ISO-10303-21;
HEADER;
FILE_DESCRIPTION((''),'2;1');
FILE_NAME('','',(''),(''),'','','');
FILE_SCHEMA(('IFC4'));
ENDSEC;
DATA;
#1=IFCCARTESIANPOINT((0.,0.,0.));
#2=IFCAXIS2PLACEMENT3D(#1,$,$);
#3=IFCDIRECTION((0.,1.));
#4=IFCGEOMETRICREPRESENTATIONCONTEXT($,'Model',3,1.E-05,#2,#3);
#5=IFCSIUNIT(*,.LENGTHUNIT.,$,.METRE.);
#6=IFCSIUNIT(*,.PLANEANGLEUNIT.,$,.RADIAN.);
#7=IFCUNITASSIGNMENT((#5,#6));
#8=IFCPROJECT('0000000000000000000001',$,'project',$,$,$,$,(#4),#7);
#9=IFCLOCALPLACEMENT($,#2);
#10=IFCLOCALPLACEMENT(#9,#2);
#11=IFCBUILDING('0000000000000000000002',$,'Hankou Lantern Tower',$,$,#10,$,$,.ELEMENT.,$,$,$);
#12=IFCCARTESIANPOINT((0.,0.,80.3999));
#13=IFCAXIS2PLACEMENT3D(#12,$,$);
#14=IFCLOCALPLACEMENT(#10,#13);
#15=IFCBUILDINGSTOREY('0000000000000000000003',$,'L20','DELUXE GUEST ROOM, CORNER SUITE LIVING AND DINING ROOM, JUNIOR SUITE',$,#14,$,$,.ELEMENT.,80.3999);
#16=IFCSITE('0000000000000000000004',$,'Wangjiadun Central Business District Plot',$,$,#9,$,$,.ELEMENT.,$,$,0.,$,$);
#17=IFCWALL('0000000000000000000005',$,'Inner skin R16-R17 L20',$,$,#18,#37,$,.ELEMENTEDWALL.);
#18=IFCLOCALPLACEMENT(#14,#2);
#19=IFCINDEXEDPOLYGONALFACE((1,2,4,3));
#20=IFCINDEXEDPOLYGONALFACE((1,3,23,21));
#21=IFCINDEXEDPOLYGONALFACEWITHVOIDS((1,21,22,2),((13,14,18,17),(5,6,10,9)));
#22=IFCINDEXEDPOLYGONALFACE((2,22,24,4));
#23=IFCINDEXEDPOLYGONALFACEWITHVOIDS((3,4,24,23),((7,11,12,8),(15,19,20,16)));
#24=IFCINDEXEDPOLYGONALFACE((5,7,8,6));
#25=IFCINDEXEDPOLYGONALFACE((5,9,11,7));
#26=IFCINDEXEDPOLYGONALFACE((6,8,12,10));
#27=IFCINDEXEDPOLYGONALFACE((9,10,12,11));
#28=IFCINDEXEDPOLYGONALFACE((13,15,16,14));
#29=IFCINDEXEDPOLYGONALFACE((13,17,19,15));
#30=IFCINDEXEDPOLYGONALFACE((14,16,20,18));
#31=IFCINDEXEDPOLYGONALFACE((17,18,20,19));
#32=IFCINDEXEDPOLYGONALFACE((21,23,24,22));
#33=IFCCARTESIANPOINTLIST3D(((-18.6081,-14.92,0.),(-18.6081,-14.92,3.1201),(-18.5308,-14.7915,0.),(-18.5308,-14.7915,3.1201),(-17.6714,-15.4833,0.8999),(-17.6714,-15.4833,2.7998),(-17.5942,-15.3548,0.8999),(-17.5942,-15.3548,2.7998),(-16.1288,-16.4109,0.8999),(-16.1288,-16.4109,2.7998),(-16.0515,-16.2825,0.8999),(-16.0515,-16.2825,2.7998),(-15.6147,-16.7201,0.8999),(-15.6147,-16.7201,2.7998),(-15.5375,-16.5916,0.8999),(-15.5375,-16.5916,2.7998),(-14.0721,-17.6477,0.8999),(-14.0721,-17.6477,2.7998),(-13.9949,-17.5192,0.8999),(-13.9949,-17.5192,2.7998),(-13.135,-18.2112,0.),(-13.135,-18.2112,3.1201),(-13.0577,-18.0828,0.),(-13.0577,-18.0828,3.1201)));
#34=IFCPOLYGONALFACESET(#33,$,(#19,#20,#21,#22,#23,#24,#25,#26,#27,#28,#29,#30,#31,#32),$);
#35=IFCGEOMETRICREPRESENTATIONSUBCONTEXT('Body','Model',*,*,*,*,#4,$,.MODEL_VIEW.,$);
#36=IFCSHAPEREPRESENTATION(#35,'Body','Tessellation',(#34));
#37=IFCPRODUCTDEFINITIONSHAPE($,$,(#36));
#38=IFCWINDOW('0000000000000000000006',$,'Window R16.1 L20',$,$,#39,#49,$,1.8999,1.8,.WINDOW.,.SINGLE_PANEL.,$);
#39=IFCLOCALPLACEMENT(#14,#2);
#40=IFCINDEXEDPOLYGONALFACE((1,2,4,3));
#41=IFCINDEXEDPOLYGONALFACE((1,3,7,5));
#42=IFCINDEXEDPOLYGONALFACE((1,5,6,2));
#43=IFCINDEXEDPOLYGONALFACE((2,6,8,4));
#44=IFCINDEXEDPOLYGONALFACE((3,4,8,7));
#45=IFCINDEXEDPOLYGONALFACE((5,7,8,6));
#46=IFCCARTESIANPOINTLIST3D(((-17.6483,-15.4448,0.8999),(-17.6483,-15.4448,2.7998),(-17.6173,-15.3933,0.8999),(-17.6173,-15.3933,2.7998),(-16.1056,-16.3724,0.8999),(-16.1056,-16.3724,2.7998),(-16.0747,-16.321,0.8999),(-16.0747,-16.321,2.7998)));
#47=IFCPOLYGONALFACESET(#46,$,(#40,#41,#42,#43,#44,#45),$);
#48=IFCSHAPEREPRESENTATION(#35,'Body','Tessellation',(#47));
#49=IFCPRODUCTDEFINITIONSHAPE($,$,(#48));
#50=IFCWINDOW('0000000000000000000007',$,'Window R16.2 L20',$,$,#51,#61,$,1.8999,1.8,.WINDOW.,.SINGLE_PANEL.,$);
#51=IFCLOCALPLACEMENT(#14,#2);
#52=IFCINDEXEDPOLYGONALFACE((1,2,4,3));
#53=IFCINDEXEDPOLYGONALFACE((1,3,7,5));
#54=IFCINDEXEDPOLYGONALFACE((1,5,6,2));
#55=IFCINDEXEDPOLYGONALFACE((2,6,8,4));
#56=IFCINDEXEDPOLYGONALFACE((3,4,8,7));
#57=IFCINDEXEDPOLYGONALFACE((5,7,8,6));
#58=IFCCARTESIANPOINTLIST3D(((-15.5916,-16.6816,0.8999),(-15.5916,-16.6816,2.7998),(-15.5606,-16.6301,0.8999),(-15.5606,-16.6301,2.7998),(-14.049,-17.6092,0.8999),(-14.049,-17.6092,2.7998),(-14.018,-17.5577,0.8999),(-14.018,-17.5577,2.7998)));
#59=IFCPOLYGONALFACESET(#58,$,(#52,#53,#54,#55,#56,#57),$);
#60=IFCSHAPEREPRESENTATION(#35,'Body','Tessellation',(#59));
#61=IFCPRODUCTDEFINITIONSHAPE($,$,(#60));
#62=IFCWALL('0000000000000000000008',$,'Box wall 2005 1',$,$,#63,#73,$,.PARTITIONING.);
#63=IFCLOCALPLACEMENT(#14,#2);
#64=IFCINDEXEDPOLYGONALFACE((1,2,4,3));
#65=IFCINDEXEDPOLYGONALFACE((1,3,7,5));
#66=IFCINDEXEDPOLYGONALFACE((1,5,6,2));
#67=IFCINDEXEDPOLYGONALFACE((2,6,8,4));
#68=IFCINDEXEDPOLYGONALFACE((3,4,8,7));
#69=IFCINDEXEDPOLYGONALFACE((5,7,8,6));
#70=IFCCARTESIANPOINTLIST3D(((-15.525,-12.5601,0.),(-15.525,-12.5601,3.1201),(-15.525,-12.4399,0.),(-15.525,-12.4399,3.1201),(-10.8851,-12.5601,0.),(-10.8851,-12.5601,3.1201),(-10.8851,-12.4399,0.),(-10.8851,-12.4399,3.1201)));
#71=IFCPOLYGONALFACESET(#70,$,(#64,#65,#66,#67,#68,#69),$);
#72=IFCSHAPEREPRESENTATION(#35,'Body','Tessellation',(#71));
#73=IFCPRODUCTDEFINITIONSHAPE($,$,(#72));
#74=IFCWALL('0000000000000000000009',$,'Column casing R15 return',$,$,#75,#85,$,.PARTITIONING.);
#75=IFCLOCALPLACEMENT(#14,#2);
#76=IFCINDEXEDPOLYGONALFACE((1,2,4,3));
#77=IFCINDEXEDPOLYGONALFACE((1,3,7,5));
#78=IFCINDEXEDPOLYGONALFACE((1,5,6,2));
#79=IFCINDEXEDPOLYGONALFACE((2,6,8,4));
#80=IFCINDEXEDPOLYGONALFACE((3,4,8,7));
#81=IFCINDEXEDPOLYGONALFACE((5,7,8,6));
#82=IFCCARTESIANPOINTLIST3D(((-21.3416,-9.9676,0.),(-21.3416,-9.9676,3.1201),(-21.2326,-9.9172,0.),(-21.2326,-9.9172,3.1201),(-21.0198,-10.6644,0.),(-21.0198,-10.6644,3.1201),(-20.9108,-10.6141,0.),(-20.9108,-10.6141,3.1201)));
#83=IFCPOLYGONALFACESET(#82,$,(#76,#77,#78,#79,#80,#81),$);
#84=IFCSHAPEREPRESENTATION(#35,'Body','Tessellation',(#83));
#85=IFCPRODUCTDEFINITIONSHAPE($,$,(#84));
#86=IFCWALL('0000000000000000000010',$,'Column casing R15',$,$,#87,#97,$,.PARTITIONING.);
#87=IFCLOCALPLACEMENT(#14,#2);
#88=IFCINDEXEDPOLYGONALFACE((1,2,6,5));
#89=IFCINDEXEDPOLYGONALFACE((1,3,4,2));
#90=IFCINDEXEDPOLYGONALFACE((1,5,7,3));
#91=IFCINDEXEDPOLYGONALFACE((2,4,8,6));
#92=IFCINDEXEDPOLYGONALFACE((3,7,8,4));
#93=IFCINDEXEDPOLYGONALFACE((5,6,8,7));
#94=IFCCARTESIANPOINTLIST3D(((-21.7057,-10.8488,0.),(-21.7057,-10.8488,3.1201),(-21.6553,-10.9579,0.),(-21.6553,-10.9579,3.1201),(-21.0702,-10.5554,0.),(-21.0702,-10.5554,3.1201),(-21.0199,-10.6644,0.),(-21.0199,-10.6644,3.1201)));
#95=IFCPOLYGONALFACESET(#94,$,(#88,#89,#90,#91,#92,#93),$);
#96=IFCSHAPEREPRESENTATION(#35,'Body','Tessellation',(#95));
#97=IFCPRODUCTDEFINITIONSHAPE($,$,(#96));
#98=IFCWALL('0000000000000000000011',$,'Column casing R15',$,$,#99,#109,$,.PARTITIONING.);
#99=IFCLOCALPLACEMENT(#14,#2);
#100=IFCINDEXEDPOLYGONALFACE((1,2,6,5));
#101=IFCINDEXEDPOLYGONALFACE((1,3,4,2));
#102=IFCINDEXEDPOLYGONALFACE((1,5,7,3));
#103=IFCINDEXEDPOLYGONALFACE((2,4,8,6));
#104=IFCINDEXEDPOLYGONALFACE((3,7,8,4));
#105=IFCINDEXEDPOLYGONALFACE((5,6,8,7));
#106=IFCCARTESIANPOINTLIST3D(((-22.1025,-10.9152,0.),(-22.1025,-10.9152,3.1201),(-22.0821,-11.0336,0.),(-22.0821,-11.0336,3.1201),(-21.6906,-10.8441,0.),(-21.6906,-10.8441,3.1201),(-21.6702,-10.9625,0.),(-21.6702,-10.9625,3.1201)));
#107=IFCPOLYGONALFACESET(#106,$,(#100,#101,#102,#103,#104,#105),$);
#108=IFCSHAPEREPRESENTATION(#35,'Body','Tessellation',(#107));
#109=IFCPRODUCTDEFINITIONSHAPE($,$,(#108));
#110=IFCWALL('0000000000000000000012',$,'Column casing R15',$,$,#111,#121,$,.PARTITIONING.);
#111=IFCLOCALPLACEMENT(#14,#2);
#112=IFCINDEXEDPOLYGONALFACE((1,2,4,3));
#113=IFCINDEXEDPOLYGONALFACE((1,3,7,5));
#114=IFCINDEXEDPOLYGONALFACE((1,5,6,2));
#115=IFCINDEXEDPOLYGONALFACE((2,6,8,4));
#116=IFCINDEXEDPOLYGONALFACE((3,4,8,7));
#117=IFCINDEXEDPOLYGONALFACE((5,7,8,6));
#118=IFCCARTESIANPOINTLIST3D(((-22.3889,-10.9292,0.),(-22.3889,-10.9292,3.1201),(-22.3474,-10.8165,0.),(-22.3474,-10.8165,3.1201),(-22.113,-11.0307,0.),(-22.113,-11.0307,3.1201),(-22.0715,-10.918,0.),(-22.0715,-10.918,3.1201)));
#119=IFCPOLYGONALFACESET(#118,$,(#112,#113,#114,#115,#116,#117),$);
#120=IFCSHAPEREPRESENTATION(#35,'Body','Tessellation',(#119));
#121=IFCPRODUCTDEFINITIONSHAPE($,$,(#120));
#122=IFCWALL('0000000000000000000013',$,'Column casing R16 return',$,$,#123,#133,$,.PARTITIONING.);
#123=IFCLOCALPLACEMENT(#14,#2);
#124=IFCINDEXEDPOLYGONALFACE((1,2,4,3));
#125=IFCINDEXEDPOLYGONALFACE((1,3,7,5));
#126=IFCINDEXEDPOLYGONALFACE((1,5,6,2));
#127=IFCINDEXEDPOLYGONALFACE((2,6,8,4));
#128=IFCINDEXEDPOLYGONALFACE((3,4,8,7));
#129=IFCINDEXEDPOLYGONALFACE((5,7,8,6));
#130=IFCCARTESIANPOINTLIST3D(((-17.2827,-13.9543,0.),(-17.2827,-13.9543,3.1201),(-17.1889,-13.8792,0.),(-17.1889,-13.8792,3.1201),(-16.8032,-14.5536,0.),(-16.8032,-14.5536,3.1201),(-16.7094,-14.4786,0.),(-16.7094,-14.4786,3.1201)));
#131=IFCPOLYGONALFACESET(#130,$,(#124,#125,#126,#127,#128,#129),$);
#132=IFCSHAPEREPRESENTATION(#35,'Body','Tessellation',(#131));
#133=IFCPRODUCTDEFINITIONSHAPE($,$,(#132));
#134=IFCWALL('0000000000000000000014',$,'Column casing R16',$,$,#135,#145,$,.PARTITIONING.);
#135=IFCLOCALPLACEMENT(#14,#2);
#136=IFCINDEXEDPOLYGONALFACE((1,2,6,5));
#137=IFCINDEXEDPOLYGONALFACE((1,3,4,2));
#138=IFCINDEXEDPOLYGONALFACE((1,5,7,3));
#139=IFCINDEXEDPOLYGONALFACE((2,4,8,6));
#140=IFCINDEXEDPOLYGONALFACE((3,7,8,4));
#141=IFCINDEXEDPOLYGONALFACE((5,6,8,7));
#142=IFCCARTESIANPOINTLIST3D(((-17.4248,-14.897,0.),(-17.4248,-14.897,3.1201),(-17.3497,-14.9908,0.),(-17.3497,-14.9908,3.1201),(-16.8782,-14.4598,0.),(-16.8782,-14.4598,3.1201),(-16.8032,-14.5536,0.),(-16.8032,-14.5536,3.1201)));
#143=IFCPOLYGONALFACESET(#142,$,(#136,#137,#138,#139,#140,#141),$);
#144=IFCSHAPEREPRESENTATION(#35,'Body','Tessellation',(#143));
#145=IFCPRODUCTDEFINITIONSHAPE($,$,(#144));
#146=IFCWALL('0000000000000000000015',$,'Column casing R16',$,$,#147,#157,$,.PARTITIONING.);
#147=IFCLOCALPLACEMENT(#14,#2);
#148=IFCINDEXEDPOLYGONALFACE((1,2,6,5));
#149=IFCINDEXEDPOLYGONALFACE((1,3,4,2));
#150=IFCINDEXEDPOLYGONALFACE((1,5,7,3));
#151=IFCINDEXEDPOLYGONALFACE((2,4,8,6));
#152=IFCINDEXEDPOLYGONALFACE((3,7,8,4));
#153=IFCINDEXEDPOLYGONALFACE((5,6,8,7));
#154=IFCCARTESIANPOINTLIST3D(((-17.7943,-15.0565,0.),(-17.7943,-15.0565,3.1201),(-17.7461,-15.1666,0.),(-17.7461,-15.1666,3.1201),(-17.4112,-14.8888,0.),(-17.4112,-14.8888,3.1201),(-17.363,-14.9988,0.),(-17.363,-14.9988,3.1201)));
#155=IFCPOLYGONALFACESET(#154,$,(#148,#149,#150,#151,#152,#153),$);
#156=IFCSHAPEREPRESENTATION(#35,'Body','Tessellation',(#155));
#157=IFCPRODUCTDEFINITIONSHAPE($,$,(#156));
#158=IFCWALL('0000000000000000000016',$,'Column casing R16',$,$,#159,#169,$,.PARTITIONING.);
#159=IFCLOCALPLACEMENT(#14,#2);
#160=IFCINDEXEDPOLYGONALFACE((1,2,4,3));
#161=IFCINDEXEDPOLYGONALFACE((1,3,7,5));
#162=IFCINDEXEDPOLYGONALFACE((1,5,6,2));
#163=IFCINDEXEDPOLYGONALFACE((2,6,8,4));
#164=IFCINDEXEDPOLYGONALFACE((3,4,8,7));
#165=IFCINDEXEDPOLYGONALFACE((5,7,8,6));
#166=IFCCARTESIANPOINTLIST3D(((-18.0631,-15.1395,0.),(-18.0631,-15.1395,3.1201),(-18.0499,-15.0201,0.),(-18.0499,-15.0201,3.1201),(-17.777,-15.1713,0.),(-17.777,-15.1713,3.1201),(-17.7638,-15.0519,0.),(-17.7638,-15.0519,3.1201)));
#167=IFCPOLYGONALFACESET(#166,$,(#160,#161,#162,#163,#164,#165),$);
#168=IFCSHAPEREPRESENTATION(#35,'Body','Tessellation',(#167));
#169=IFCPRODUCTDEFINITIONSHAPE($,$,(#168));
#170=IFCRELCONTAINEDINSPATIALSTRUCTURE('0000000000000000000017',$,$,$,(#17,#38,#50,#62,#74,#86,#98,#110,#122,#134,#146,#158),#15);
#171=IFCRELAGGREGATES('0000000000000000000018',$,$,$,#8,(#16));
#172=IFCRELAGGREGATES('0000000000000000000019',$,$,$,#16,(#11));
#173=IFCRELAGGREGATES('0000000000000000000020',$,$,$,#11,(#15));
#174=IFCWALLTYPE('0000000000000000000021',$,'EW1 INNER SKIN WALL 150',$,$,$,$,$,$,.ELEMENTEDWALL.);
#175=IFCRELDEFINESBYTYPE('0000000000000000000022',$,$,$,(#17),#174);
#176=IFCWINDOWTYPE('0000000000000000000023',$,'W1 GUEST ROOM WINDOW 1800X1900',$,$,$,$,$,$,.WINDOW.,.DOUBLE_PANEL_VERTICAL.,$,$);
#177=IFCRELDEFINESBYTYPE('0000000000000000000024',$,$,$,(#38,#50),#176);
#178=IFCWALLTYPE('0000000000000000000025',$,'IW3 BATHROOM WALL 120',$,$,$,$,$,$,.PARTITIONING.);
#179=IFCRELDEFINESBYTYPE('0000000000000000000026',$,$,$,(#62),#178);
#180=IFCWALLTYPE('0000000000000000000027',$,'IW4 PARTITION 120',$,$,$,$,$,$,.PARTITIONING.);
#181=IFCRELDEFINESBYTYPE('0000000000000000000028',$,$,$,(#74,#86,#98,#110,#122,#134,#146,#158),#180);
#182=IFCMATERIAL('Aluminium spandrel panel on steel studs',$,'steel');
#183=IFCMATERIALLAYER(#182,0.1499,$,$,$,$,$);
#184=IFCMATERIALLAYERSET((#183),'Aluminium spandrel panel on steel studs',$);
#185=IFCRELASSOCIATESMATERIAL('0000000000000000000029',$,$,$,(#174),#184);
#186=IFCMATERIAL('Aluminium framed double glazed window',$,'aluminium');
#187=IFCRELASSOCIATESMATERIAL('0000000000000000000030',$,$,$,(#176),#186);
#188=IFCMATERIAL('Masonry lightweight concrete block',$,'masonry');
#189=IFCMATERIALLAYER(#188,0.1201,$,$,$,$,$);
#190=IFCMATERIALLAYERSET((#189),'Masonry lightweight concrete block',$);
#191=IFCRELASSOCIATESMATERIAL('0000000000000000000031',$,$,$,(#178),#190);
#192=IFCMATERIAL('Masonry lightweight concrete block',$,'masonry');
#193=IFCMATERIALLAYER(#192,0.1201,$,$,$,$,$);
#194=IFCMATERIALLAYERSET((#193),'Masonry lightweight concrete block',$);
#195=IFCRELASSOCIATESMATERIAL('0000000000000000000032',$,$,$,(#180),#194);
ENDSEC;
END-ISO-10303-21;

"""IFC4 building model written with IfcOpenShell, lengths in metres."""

from ifc_helpers import new_model, si_unit, direction, frame, frame_2d, origin, place, context, subcontext, project, spatial, rectangle, extrude, material, layer, layer_set, type_object, element, fill, save


model = new_model("IFC4")

# Units and contexts
model_context = context("Model", 3, precision=1e-05, world=origin(), true_north=direction((0.0, 1.0)))
body_context = subcontext(model_context, "Body", "Model", "MODEL_VIEW")
ifc_project = project(units=[si_unit("LENGTHUNIT", "METRE"), si_unit("PLANEANGLEUNIT", "RADIAN")], contexts=[model_context])

# Site, building, storey
site_placement = place(None, origin())
site = spatial("IfcSite", under=ifc_project, at=site_placement, Name="Wangjiadun Central Business District Plot", CompositionType="ELEMENT", RefElevation=0.0)
building_placement = place(site_placement, origin())
building = spatial("IfcBuilding", under=site, at=building_placement, Name="Hankou Lantern Tower", CompositionType="ELEMENT")
storey_placement = place(building_placement, frame((0.0, 0.0, 80.3999)))
storey = spatial("IfcBuildingStorey", under=building, at=storey_placement, Name="L20", Description="DELUXE GUEST ROOM, CORNER SUITE LIVING AND DINING ROOM, JUNIOR SUITE", CompositionType="ELEMENT", Elevation=80.3999)

# Wall, openings, windows
ifc_material_1 = material(Name="Aluminium spandrel panel on steel studs", Category="steel")
ifc_layer_1 = layer(ifc_material_1, 0.1499)
ifc_layer_set_1 = layer_set([ifc_layer_1], Name="Aluminium spandrel panel on steel studs")
wall_type_1 = type_object("IfcWallType", Name="EW1 INNER SKIN WALL 150", PredefinedType="ELEMENTEDWALL", material=ifc_layer_set_1)
ifc_material_2 = material(Name="Aluminium framed double glazed window", Category="aluminium")
window_type = type_object("IfcWindowType", Name="W1 GUEST ROOM WINDOW 1800X1900", PartitioningType="DOUBLE_PANEL_VERTICAL", PredefinedType="WINDOW", material=ifc_material_2)
wall_1_placement = place(storey_placement, frame((-18.5696, -14.8557, 0.0), z_axis=(0.0, 0.0, 1.0), x_axis=(0.856983, -0.515344, 0.0)))
wall_1 = element("IfcWall", 1, at=wall_1_placement, inside=storey, type_object=wall_type_1, Name="Inner skin R16-R17 L20", PredefinedType="ELEMENTEDWALL", context=body_context, shape_type="SweptSolid", body=[
    extrude(rectangle(XDim=6.3865, YDim=0.1499, at=frame_2d((3.1934, 0.0))), origin(), (0.0, 0.0, 1.0), 3.1201),
])
opening_1_placement = place(wall_1_placement, frame((1.0933, 0.0, 0.8999)))
opening_1 = element("IfcOpeningElement", 2, at=opening_1_placement, cuts=wall_1, PredefinedType="OPENING", context=body_context, shape_type="SweptSolid", body=[
    extrude(rectangle(XDim=1.8, YDim=1.8999, at=frame_2d((0.8999, 0.95))), frame((0.0, 0.085, 0.0), z_axis=(0.0, -1.0, 0.0), x_axis=(1.0, 0.0, 0.0)), (0.0, 0.0, 1.0), 0.1699),
])
opening_2_placement = place(wall_1_placement, frame((3.4932, 0.0, 0.8999)))
opening_2 = element("IfcOpeningElement", 3, at=opening_2_placement, cuts=wall_1, PredefinedType="OPENING", context=body_context, shape_type="SweptSolid", body=[
    extrude(rectangle(XDim=1.8, YDim=1.8999, at=frame_2d((0.8999, 0.95))), frame((0.0, 0.085, 0.0), z_axis=(0.0, -1.0, 0.0), x_axis=(1.0, 0.0, 0.0)), (0.0, 0.0, 1.0), 0.1699),
])
window_1_placement = place(opening_1_placement, origin())
window_1 = element("IfcWindow", 4, at=window_1_placement, inside=storey, type_object=window_type, Name="Window R16.1 L20", OverallHeight=1.8999, OverallWidth=1.8, PartitioningType="SINGLE_PANEL", PredefinedType="WINDOW", context=body_context, shape_type="SweptSolid", body=[
    extrude(rectangle(XDim=1.8, YDim=1.8999, at=frame_2d((0.8999, 0.95))), frame((0.0, 0.03, 0.0), z_axis=(0.0, -1.0, 0.0), x_axis=(1.0, 0.0, 0.0)), (0.0, 0.0, 1.0), 0.0601),
])
fill(opening_1, window_1)
window_2_placement = place(opening_2_placement, origin())
window_2 = element("IfcWindow", 5, at=window_2_placement, inside=storey, type_object=window_type, Name="Window R16.2 L20", OverallHeight=1.8999, OverallWidth=1.8, PartitioningType="SINGLE_PANEL", PredefinedType="WINDOW", context=body_context, shape_type="SweptSolid", body=[
    extrude(rectangle(XDim=1.8, YDim=1.8999, at=frame_2d((0.8999, 0.95))), frame((0.0, 0.03, 0.0), z_axis=(0.0, -1.0, 0.0), x_axis=(1.0, 0.0, 0.0)), (0.0, 0.0, 1.0), 0.0601),
])
fill(opening_2, window_2)

# Walls
ifc_material_3 = material(Name="Masonry lightweight concrete block", Category="masonry")
ifc_layer_2 = layer(ifc_material_3, 0.1201)
ifc_layer_set_2 = layer_set([ifc_layer_2], Name="Masonry lightweight concrete block")
wall_type_2 = type_object("IfcWallType", Name="IW3 BATHROOM WALL 120", PredefinedType="PARTITIONING", material=ifc_layer_set_2)
wall_2_placement = place(storey_placement, frame((-15.5249, -12.5, 0.0), z_axis=(0.0, 0.0, 1.0), x_axis=(1.0, 0.0, 0.0)))
element("IfcWall", 6, at=wall_2_placement, inside=storey, type_object=wall_type_2, Name="Box wall 2005 1", PredefinedType="PARTITIONING", context=body_context, shape_type="SweptSolid", body=[
    extrude(rectangle(XDim=4.6399, YDim=0.1201, at=frame_2d((2.3198, 0.0))), origin(), (0.0, 0.0, 1.0), 3.1201),
])
ifc_material_4 = material(Name="Masonry lightweight concrete block", Category="masonry")
ifc_layer_3 = layer(ifc_material_4, 0.1201)
ifc_layer_set_3 = layer_set([ifc_layer_3], Name="Masonry lightweight concrete block")
wall_type_3 = type_object("IfcWallType", Name="IW4 PARTITION 120", PredefinedType="PARTITIONING", material=ifc_layer_set_3)
wall_3_placement = place(storey_placement, frame((-21.2871, -9.9424, 0.0), z_axis=(0.0, 0.0, 1.0), x_axis=(0.41926, -0.907866, 0.0)))
element("IfcWall", 7, at=wall_3_placement, inside=storey, type_object=wall_type_3, Name="Column casing R15 return", PredefinedType="PARTITIONING", context=body_context, shape_type="SweptSolid", body=[
    extrude(rectangle(XDim=0.7676, YDim=0.1201, at=frame_2d((0.3838, 0.0))), origin(), (0.0, 0.0, 1.0), 3.1201),
])
wall_4_placement = place(storey_placement, frame((-21.0449, -10.6099, 0.0), z_axis=(0.0, 0.0, 1.0), x_axis=(-0.907878, -0.419235, 0.0)))
element("IfcWall", 8, at=wall_4_placement, inside=storey, type_object=wall_type_3, Name="Column casing R15", PredefinedType="PARTITIONING", context=body_context, shape_type="SweptSolid", body=[
    extrude(rectangle(XDim=0.7, YDim=0.1201, at=frame_2d((0.3501, 0.0))), origin(), (0.0, 0.0, 1.0), 3.1201),
])
wall_5_placement = place(storey_placement, frame((-21.6804, -10.9033, 0.0), z_axis=(0.0, 0.0, 1.0), x_axis=(-0.985447, -0.169985, 0.0)))
element("IfcWall", 9, at=wall_5_placement, inside=storey, type_object=wall_type_3, Name="Column casing R15", PredefinedType="PARTITIONING", context=body_context, shape_type="SweptSolid", body=[
    extrude(rectangle(XDim=0.418, YDim=0.1201, at=frame_2d((0.209, 0.0))), origin(), (0.0, 0.0, 1.0), 3.1201),
])
wall_6_placement = place(storey_placement, frame((-22.0923, -10.9744, 0.0), z_axis=(0.0, 0.0, 1.0), x_axis=(-0.938428, 0.345474, 0.0)))
element("IfcWall", 10, at=wall_6_placement, inside=storey, type_object=wall_type_3, Name="Column casing R15", PredefinedType="PARTITIONING", context=body_context, shape_type="SweptSolid", body=[
    extrude(rectangle(XDim=0.2939, YDim=0.1201, at=frame_2d((0.147, 0.0))), origin(), (0.0, 0.0, 1.0), 3.1201),
])
wall_7_placement = place(storey_placement, frame((-17.2358, -13.9167, 0.0), z_axis=(0.0, 0.0, 1.0), x_axis=(0.624695, -0.780869, 0.0)))
element("IfcWall", 11, at=wall_7_placement, inside=storey, type_object=wall_type_3, Name="Column casing R16 return", PredefinedType="PARTITIONING", context=body_context, shape_type="SweptSolid", body=[
    extrude(rectangle(XDim=0.7676, YDim=0.1201, at=frame_2d((0.3838, 0.0))), origin(), (0.0, 0.0, 1.0), 3.1201),
])
wall_8_placement = place(storey_placement, frame((-16.8406, -14.5066, 0.0), z_axis=(0.0, 0.0, 1.0), x_axis=(-0.780903, -0.624653, 0.0)))
element("IfcWall", 12, at=wall_8_placement, inside=storey, type_object=wall_type_3, Name="Column casing R16", PredefinedType="PARTITIONING", context=body_context, shape_type="SweptSolid", body=[
    extrude(rectangle(XDim=0.7, YDim=0.1201, at=frame_2d((0.3501, 0.0))), origin(), (0.0, 0.0, 1.0), 3.1201),
])
wall_9_placement = place(storey_placement, frame((-17.3872, -14.9438, 0.0), z_axis=(0.0, 0.0, 1.0), x_axis=(-0.916037, -0.401094, 0.0)))
element("IfcWall", 13, at=wall_9_placement, inside=storey, type_object=wall_type_3, Name="Column casing R16", PredefinedType="PARTITIONING", context=body_context, shape_type="SweptSolid", body=[
    extrude(rectangle(XDim=0.4182, YDim=0.1201, at=frame_2d((0.209, 0.0))), origin(), (0.0, 0.0, 1.0), 3.1201),
])
wall_10_placement = place(storey_placement, frame((-17.7703, -15.1116, 0.0), z_axis=(0.0, 0.0, 1.0), x_axis=(-0.993904, 0.110245, 0.0)))
element("IfcWall", 14, at=wall_10_placement, inside=storey, type_object=wall_type_3, Name="Column casing R16", PredefinedType="PARTITIONING", context=body_context, shape_type="SweptSolid", body=[
    extrude(rectangle(XDim=0.2878, YDim=0.1201, at=frame_2d((0.144, 0.0))), origin(), (0.0, 0.0, 1.0), 3.1201),
])

save(model, "model.ifc")
